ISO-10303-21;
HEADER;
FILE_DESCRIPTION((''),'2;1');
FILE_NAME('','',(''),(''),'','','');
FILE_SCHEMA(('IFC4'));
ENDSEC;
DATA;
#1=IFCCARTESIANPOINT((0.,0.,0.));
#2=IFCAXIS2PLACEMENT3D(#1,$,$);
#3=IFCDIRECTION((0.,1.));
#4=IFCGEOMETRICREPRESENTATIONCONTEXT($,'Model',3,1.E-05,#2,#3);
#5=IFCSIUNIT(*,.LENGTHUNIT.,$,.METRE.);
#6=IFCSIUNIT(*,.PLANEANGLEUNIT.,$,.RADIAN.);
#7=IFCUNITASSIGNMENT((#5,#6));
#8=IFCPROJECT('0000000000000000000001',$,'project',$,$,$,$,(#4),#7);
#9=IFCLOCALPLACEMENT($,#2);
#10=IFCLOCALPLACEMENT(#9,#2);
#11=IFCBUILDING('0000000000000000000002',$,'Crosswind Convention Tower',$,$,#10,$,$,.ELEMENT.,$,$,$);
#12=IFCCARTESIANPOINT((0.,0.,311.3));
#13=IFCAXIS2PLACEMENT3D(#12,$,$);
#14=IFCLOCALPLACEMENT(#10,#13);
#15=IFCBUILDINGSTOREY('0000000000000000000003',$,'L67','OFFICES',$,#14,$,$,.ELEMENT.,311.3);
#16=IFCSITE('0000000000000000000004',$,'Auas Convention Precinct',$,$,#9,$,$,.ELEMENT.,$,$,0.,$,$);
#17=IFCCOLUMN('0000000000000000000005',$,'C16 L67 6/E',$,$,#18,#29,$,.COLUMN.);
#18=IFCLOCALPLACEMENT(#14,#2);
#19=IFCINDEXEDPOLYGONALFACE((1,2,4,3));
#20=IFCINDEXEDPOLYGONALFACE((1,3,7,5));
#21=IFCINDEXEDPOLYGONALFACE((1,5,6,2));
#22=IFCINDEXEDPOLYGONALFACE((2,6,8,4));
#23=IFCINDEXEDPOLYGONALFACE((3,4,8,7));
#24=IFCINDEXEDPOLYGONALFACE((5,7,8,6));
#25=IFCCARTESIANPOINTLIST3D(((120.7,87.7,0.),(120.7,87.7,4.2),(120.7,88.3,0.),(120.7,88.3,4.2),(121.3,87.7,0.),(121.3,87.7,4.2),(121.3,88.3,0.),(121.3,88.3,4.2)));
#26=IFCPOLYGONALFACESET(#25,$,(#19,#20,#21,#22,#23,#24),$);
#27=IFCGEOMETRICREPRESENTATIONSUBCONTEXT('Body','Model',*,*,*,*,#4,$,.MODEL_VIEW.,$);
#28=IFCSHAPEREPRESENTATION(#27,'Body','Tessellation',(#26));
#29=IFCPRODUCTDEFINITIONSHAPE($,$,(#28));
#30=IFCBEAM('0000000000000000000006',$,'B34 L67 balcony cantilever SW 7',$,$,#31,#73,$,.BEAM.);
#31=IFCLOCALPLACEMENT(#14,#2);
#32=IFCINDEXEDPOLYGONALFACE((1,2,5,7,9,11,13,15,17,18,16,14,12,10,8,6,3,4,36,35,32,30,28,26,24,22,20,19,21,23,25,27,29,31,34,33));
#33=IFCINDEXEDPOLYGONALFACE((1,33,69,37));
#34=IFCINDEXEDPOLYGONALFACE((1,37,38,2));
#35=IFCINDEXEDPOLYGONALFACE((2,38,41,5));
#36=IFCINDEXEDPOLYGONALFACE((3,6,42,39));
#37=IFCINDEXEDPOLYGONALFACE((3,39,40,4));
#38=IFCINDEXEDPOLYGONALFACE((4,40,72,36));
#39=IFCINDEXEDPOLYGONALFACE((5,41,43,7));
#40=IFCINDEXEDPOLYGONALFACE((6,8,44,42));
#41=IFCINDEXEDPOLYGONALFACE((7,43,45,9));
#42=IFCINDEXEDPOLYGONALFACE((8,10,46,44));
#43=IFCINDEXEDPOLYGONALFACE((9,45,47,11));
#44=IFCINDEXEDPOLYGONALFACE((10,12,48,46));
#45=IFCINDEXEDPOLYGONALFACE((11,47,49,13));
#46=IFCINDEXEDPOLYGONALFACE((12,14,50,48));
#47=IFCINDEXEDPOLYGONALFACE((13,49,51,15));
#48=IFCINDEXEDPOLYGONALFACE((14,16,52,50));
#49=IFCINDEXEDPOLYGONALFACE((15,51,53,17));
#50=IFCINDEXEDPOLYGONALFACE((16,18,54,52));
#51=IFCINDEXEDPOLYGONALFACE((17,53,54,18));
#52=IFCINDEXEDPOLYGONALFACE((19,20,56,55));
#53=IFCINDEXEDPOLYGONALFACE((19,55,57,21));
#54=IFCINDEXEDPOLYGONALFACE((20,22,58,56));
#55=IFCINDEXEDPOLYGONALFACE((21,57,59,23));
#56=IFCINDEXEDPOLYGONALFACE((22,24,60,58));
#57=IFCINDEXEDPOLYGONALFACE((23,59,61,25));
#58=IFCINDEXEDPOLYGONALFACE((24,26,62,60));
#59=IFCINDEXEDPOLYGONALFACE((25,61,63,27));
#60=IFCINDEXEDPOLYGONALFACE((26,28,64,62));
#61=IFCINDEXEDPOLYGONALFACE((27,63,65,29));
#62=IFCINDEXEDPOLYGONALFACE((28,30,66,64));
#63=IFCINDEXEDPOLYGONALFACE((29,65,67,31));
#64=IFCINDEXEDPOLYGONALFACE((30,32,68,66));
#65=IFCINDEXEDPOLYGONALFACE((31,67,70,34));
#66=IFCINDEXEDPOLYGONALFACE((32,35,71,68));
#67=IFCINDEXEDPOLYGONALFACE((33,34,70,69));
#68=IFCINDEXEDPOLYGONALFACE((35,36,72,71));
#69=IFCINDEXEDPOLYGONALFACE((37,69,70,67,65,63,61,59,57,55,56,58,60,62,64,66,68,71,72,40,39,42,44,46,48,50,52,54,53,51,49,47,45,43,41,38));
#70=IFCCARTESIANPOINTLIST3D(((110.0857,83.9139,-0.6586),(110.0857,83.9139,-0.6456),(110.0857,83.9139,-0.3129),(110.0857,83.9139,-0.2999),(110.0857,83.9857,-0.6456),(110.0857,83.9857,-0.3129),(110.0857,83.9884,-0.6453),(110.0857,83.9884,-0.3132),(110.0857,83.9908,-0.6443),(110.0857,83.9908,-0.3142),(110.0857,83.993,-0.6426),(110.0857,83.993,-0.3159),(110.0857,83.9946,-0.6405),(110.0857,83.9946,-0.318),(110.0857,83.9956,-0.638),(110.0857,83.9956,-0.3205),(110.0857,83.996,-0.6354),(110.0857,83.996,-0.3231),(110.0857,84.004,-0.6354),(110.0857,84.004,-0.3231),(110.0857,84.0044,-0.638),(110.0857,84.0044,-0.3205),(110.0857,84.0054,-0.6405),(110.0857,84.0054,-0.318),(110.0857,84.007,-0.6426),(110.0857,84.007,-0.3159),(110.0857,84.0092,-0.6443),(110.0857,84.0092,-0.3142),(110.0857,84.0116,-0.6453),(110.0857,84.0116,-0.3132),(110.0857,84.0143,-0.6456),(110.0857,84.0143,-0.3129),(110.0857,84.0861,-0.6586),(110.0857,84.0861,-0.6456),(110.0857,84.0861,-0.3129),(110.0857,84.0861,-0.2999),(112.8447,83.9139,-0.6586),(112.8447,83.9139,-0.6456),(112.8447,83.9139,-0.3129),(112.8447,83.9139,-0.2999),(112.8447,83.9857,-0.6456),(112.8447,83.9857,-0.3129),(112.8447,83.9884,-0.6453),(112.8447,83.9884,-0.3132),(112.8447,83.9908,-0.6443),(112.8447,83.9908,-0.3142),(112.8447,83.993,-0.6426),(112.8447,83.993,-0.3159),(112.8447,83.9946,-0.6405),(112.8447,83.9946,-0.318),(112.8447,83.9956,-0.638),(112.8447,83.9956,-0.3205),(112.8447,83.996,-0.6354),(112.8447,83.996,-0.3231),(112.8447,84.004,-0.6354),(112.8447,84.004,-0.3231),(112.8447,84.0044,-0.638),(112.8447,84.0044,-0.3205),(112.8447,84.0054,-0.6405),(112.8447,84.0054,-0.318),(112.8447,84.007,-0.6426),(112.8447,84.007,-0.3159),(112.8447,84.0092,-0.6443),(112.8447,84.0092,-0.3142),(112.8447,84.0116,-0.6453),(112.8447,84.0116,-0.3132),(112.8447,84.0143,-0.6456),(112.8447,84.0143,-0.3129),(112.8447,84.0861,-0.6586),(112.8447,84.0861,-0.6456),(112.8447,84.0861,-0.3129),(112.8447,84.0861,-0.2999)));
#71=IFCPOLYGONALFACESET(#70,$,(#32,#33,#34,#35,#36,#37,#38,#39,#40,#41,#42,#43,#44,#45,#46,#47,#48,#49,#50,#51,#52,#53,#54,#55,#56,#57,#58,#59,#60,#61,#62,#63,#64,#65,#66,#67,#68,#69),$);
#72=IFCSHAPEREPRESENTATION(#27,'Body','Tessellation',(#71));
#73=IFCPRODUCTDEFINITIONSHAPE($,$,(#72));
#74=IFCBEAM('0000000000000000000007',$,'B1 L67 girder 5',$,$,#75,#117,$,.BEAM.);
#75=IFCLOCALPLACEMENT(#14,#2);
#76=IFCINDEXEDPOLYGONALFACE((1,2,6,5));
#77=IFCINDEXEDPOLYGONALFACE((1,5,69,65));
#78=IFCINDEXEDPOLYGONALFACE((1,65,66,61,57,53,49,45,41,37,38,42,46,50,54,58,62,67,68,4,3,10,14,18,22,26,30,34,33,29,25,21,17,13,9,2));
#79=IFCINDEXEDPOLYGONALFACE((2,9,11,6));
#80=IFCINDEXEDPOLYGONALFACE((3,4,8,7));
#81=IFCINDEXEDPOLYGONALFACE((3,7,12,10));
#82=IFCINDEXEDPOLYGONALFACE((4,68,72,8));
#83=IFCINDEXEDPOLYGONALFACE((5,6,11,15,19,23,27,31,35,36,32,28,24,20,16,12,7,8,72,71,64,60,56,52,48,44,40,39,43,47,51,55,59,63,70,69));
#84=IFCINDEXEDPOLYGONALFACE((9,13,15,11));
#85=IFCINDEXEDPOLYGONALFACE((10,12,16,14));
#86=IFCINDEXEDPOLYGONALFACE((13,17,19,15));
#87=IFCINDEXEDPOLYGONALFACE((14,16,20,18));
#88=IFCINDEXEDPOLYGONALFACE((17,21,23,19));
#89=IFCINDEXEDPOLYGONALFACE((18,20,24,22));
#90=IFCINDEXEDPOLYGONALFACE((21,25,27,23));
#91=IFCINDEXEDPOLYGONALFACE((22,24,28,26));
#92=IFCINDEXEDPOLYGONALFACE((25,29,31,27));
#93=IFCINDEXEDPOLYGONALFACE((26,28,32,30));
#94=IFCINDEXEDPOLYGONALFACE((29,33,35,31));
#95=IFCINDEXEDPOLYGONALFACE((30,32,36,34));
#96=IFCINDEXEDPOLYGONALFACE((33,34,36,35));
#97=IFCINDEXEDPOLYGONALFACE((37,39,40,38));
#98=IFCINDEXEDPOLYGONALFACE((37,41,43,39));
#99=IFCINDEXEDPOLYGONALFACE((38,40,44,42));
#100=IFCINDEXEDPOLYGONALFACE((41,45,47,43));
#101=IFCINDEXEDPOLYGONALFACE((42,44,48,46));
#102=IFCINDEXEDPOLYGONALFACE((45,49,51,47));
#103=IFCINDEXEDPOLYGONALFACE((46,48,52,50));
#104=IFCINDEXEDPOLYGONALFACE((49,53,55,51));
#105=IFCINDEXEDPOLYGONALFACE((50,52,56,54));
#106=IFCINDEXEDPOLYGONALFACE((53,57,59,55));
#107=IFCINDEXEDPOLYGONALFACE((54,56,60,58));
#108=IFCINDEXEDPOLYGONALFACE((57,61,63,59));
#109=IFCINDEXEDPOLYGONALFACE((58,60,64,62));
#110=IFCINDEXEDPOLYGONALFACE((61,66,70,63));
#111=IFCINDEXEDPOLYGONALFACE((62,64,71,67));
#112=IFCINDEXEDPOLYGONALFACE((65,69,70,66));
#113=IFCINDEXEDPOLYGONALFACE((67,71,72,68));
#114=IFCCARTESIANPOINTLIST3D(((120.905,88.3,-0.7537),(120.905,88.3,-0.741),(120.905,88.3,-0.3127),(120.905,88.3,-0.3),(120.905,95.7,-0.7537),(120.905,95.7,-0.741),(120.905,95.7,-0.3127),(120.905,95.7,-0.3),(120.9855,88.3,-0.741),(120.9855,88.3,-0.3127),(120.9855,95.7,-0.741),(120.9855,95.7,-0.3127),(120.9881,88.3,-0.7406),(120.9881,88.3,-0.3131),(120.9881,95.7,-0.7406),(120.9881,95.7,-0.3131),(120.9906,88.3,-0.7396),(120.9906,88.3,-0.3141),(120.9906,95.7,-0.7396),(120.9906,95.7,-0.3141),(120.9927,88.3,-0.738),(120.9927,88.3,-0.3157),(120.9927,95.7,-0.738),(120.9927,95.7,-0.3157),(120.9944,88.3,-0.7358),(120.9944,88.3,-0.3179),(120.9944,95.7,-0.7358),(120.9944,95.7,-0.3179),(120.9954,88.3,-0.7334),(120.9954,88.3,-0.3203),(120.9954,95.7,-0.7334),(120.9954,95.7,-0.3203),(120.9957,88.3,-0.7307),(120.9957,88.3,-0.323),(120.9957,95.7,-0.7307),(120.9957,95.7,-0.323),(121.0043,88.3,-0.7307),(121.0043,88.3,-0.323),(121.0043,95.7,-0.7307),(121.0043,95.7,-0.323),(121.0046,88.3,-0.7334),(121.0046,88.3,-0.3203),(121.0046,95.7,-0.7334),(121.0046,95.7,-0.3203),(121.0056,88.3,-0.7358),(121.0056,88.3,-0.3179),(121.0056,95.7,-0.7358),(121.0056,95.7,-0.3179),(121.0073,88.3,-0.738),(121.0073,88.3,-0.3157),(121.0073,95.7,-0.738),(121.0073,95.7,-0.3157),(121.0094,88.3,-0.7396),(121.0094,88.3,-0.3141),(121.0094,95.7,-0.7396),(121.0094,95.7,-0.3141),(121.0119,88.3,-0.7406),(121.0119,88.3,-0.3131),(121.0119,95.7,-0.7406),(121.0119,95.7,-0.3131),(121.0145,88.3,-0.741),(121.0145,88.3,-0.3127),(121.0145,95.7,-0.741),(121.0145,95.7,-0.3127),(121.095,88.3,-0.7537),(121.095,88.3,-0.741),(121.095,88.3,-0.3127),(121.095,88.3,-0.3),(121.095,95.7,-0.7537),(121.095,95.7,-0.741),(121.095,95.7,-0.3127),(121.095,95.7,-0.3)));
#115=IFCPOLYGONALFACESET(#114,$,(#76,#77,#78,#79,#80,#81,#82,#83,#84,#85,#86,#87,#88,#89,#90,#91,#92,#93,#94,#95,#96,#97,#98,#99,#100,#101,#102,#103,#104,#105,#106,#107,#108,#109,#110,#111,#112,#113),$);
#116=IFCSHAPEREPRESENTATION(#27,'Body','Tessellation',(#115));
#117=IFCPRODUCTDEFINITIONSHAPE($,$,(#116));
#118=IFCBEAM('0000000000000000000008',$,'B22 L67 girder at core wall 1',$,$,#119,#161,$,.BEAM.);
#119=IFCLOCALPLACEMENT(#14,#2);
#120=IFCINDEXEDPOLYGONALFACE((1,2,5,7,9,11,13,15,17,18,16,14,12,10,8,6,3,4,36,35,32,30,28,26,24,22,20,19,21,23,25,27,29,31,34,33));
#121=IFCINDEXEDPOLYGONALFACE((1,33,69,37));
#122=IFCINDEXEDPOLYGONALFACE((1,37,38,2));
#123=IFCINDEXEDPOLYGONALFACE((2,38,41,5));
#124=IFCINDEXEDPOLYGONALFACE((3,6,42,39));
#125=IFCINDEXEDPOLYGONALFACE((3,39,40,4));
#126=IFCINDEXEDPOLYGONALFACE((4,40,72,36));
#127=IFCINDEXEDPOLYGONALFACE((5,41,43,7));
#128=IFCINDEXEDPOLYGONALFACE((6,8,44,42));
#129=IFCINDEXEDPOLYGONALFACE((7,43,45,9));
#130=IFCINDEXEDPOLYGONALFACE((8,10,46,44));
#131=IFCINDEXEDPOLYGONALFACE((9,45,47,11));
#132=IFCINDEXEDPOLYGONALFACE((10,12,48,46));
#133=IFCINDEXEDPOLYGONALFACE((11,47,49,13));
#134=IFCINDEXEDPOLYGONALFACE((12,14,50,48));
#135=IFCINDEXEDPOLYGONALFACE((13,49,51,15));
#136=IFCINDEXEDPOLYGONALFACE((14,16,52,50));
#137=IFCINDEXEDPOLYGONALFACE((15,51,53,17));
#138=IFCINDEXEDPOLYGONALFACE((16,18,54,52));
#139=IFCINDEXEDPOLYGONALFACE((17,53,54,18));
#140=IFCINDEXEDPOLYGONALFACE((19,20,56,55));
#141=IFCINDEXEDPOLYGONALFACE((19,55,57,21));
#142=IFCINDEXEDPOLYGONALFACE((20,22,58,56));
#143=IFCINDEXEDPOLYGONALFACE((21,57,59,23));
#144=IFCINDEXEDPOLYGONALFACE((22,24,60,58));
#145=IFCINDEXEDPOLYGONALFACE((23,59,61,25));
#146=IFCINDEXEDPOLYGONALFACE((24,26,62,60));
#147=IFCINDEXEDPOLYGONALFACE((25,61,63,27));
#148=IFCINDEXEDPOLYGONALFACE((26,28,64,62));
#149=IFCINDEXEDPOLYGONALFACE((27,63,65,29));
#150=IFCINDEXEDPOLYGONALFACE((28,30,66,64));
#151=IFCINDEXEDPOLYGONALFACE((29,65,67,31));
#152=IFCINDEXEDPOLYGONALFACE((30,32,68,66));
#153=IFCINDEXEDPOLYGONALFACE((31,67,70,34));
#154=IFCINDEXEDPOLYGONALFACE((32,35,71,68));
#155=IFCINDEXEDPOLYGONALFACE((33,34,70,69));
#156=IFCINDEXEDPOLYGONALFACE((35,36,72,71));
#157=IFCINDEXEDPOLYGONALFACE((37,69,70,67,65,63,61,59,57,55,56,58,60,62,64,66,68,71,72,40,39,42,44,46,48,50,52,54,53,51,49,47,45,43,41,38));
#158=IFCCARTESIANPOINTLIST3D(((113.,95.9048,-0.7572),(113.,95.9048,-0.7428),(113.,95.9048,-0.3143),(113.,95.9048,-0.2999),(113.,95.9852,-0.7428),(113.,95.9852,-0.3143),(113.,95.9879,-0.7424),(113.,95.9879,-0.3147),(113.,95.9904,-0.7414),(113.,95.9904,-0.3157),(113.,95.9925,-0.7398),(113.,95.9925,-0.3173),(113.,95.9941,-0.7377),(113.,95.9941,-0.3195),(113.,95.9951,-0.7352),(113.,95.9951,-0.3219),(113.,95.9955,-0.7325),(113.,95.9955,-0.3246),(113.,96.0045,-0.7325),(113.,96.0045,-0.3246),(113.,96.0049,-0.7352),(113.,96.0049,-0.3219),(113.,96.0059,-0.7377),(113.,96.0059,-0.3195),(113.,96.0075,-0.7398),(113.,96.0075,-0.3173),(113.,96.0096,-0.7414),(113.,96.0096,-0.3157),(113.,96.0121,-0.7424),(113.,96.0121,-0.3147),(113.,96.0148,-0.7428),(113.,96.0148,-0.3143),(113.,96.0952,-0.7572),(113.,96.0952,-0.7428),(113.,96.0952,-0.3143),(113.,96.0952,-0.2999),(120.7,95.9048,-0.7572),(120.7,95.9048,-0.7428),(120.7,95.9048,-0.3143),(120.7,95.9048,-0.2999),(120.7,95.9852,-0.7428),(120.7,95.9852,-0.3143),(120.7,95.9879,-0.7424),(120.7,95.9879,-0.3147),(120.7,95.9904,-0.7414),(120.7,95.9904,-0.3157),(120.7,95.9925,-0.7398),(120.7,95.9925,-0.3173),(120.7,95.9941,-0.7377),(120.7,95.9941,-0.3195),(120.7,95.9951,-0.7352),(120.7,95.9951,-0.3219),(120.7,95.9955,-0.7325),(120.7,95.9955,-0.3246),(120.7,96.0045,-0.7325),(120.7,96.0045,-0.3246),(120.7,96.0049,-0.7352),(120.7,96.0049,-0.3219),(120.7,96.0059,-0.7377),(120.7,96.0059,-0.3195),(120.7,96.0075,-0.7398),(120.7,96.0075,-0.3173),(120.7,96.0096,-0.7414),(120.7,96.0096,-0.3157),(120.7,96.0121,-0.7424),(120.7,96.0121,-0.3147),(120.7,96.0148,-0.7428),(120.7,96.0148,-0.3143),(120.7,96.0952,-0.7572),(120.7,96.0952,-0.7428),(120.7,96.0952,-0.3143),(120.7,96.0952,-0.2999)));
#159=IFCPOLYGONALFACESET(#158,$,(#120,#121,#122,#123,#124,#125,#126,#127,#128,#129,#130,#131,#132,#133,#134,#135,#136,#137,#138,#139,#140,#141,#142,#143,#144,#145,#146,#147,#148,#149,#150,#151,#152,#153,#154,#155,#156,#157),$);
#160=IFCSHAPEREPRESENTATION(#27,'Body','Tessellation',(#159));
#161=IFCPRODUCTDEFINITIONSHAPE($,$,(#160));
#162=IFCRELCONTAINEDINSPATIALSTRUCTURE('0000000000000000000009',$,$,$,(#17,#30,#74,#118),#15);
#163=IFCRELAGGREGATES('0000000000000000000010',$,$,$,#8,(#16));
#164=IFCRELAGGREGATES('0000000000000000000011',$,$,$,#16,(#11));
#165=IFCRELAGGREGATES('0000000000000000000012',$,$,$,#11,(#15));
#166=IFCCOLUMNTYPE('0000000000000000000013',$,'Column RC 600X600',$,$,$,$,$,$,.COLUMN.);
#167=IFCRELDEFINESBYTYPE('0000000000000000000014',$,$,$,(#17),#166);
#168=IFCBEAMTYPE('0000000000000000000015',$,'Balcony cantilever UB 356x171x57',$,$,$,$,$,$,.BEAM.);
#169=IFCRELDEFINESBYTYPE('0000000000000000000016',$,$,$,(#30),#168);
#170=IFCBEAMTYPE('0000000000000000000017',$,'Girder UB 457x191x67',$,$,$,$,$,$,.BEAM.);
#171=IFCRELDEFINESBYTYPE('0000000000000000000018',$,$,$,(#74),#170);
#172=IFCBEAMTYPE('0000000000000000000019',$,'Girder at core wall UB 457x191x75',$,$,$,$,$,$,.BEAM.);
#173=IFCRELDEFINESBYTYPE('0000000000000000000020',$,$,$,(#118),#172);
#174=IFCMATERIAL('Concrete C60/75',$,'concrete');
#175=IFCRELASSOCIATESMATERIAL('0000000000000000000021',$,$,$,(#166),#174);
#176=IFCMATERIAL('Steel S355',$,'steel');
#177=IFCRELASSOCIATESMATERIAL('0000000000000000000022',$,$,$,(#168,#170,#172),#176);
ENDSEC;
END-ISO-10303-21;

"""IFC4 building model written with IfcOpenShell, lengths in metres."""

from ifc_helpers import new_model, si_unit, direction, frame, origin, origin_2d, place, context, subcontext, project, spatial, rectangle, i_section, extrude, material, material_profile, profile_set, type_object, element, save


model = new_model("IFC4")

# Units and contexts
model_context = context("Model", 3, precision=1e-05, world=origin(), true_north=direction((0.0, 1.0)))
body_context = subcontext(model_context, "Body", "Model", "MODEL_VIEW")
ifc_project = project(units=[si_unit("LENGTHUNIT", "METRE"), si_unit("PLANEANGLEUNIT", "RADIAN")], contexts=[model_context])

# Site, building, storey
site_placement = place(None, origin())
site = spatial("IfcSite", under=ifc_project, at=site_placement, Name="Auas Convention Precinct", CompositionType="ELEMENT", RefElevation=0.0)
building_placement = place(site_placement, origin())
building = spatial("IfcBuilding", under=site, at=building_placement, Name="Crosswind Convention Tower", CompositionType="ELEMENT")
storey_placement = place(building_placement, frame((0.0, 0.0, 311.3)))
storey = spatial("IfcBuildingStorey", under=building, at=storey_placement, Name="L67", Description="OFFICES", CompositionType="ELEMENT", Elevation=311.3)

# Column
ifc_material_1 = material(Name="Concrete C60/75", Category="concrete")
ifc_material_profile_1 = material_profile(ifc_material_1, rectangle(XDim=0.6001, YDim=0.6001, at=origin_2d()), Name="RC 600X600")
ifc_profile_set_1 = profile_set([ifc_material_profile_1], Name="Concrete C60/75")
column_type = type_object("IfcColumnType", Name="Column RC 600X600", PredefinedType="COLUMN", material=ifc_profile_set_1)
column_placement = place(storey_placement, frame((121.0, 88.0, 0.0), z_axis=(0.0, 0.0, 1.0), x_axis=(1.0, 0.0, 0.0)))
element("IfcColumn", 1, at=column_placement, inside=storey, type_object=column_type, Name="C16 L67 6/E", PredefinedType="COLUMN", context=body_context, shape_type="SweptSolid", body=[
    extrude(rectangle(XDim=0.6001, YDim=0.6001, at=origin_2d()), origin(), (0.0, 0.0, 1.0), 4.2),
])

# Beams
ifc_material_2 = material(Name="Steel S355", Category="steel")
ifc_material_profile_2 = material_profile(ifc_material_2, i_section(OverallWidth=0.1721, OverallDepth=0.3586, WebThickness=0.0081, FlangeThickness=0.0129, FilletRadius=0.0103, at=origin_2d()), Name="UB 356x171x57")
ifc_profile_set_2 = profile_set([ifc_material_profile_2], Name="Steel S355")
beam_type_1 = type_object("IfcBeamType", Name="Balcony cantilever UB 356x171x57", PredefinedType="BEAM", material=ifc_profile_set_2)
beam_1_placement = place(storey_placement, frame((112.8447, 84.0, -0.4792), z_axis=(-1.0, 0.0, 0.0), x_axis=(0.0, -1.0, 0.0)))
element("IfcBeam", 2, at=beam_1_placement, inside=storey, type_object=beam_type_1, Name="B34 L67 balcony cantilever SW 7", PredefinedType="BEAM", context=body_context, shape_type="SweptSolid", body=[
    extrude(i_section(OverallWidth=0.1721, OverallDepth=0.3586, WebThickness=0.0081, FlangeThickness=0.0129, FilletRadius=0.0103, at=origin_2d()), origin(), (0.0, 0.0, 1.0), 2.759),
])
ifc_material_profile_3 = material_profile(ifc_material_2, i_section(OverallWidth=0.1899, OverallDepth=0.4536, WebThickness=0.0085, FlangeThickness=0.0127, FilletRadius=0.0103, at=origin_2d()), Name="UB 457x191x67")
ifc_profile_set_3 = profile_set([ifc_material_profile_3], Name="Steel S355")
beam_type_2 = type_object("IfcBeamType", Name="Girder UB 457x191x67", PredefinedType="BEAM", material=ifc_profile_set_3)
beam_2_placement = place(storey_placement, frame((121.0, 88.3, -0.5269), z_axis=(0.0, 1.0, 0.0), x_axis=(-1.0, 0.0, 0.0)))
element("IfcBeam", 3, at=beam_2_placement, inside=storey, type_object=beam_type_2, Name="B1 L67 girder 5", PredefinedType="BEAM", context=body_context, shape_type="SweptSolid", body=[
    extrude(i_section(OverallWidth=0.1899, OverallDepth=0.4536, WebThickness=0.0085, FlangeThickness=0.0127, FilletRadius=0.0103, at=origin_2d()), origin(), (0.0, 0.0, 1.0), 7.3999),
])
ifc_material_profile_4 = material_profile(ifc_material_2, i_section(OverallWidth=0.1904, OverallDepth=0.4573, WebThickness=0.009, FlangeThickness=0.0144, FilletRadius=0.0103, at=origin_2d()), Name="UB 457x191x75")
ifc_profile_set_4 = profile_set([ifc_material_profile_4], Name="Steel S355")
beam_type_3 = type_object("IfcBeamType", Name="Girder at core wall UB 457x191x75", PredefinedType="BEAM", material=ifc_profile_set_4)
beam_3_placement = place(storey_placement, frame((113.0, 96.0, -0.5286), z_axis=(1.0, 0.0, 0.0), x_axis=(0.0, 1.0, 0.0)))
element("IfcBeam", 4, at=beam_3_placement, inside=storey, type_object=beam_type_3, Name="B22 L67 girder at core wall 1", PredefinedType="BEAM", context=body_context, shape_type="SweptSolid", body=[
    extrude(i_section(OverallWidth=0.1904, OverallDepth=0.4573, WebThickness=0.009, FlangeThickness=0.0144, FilletRadius=0.0103, at=origin_2d()), origin(), (0.0, 0.0, 1.0), 7.7),
])

save(model, "model.ifc")
